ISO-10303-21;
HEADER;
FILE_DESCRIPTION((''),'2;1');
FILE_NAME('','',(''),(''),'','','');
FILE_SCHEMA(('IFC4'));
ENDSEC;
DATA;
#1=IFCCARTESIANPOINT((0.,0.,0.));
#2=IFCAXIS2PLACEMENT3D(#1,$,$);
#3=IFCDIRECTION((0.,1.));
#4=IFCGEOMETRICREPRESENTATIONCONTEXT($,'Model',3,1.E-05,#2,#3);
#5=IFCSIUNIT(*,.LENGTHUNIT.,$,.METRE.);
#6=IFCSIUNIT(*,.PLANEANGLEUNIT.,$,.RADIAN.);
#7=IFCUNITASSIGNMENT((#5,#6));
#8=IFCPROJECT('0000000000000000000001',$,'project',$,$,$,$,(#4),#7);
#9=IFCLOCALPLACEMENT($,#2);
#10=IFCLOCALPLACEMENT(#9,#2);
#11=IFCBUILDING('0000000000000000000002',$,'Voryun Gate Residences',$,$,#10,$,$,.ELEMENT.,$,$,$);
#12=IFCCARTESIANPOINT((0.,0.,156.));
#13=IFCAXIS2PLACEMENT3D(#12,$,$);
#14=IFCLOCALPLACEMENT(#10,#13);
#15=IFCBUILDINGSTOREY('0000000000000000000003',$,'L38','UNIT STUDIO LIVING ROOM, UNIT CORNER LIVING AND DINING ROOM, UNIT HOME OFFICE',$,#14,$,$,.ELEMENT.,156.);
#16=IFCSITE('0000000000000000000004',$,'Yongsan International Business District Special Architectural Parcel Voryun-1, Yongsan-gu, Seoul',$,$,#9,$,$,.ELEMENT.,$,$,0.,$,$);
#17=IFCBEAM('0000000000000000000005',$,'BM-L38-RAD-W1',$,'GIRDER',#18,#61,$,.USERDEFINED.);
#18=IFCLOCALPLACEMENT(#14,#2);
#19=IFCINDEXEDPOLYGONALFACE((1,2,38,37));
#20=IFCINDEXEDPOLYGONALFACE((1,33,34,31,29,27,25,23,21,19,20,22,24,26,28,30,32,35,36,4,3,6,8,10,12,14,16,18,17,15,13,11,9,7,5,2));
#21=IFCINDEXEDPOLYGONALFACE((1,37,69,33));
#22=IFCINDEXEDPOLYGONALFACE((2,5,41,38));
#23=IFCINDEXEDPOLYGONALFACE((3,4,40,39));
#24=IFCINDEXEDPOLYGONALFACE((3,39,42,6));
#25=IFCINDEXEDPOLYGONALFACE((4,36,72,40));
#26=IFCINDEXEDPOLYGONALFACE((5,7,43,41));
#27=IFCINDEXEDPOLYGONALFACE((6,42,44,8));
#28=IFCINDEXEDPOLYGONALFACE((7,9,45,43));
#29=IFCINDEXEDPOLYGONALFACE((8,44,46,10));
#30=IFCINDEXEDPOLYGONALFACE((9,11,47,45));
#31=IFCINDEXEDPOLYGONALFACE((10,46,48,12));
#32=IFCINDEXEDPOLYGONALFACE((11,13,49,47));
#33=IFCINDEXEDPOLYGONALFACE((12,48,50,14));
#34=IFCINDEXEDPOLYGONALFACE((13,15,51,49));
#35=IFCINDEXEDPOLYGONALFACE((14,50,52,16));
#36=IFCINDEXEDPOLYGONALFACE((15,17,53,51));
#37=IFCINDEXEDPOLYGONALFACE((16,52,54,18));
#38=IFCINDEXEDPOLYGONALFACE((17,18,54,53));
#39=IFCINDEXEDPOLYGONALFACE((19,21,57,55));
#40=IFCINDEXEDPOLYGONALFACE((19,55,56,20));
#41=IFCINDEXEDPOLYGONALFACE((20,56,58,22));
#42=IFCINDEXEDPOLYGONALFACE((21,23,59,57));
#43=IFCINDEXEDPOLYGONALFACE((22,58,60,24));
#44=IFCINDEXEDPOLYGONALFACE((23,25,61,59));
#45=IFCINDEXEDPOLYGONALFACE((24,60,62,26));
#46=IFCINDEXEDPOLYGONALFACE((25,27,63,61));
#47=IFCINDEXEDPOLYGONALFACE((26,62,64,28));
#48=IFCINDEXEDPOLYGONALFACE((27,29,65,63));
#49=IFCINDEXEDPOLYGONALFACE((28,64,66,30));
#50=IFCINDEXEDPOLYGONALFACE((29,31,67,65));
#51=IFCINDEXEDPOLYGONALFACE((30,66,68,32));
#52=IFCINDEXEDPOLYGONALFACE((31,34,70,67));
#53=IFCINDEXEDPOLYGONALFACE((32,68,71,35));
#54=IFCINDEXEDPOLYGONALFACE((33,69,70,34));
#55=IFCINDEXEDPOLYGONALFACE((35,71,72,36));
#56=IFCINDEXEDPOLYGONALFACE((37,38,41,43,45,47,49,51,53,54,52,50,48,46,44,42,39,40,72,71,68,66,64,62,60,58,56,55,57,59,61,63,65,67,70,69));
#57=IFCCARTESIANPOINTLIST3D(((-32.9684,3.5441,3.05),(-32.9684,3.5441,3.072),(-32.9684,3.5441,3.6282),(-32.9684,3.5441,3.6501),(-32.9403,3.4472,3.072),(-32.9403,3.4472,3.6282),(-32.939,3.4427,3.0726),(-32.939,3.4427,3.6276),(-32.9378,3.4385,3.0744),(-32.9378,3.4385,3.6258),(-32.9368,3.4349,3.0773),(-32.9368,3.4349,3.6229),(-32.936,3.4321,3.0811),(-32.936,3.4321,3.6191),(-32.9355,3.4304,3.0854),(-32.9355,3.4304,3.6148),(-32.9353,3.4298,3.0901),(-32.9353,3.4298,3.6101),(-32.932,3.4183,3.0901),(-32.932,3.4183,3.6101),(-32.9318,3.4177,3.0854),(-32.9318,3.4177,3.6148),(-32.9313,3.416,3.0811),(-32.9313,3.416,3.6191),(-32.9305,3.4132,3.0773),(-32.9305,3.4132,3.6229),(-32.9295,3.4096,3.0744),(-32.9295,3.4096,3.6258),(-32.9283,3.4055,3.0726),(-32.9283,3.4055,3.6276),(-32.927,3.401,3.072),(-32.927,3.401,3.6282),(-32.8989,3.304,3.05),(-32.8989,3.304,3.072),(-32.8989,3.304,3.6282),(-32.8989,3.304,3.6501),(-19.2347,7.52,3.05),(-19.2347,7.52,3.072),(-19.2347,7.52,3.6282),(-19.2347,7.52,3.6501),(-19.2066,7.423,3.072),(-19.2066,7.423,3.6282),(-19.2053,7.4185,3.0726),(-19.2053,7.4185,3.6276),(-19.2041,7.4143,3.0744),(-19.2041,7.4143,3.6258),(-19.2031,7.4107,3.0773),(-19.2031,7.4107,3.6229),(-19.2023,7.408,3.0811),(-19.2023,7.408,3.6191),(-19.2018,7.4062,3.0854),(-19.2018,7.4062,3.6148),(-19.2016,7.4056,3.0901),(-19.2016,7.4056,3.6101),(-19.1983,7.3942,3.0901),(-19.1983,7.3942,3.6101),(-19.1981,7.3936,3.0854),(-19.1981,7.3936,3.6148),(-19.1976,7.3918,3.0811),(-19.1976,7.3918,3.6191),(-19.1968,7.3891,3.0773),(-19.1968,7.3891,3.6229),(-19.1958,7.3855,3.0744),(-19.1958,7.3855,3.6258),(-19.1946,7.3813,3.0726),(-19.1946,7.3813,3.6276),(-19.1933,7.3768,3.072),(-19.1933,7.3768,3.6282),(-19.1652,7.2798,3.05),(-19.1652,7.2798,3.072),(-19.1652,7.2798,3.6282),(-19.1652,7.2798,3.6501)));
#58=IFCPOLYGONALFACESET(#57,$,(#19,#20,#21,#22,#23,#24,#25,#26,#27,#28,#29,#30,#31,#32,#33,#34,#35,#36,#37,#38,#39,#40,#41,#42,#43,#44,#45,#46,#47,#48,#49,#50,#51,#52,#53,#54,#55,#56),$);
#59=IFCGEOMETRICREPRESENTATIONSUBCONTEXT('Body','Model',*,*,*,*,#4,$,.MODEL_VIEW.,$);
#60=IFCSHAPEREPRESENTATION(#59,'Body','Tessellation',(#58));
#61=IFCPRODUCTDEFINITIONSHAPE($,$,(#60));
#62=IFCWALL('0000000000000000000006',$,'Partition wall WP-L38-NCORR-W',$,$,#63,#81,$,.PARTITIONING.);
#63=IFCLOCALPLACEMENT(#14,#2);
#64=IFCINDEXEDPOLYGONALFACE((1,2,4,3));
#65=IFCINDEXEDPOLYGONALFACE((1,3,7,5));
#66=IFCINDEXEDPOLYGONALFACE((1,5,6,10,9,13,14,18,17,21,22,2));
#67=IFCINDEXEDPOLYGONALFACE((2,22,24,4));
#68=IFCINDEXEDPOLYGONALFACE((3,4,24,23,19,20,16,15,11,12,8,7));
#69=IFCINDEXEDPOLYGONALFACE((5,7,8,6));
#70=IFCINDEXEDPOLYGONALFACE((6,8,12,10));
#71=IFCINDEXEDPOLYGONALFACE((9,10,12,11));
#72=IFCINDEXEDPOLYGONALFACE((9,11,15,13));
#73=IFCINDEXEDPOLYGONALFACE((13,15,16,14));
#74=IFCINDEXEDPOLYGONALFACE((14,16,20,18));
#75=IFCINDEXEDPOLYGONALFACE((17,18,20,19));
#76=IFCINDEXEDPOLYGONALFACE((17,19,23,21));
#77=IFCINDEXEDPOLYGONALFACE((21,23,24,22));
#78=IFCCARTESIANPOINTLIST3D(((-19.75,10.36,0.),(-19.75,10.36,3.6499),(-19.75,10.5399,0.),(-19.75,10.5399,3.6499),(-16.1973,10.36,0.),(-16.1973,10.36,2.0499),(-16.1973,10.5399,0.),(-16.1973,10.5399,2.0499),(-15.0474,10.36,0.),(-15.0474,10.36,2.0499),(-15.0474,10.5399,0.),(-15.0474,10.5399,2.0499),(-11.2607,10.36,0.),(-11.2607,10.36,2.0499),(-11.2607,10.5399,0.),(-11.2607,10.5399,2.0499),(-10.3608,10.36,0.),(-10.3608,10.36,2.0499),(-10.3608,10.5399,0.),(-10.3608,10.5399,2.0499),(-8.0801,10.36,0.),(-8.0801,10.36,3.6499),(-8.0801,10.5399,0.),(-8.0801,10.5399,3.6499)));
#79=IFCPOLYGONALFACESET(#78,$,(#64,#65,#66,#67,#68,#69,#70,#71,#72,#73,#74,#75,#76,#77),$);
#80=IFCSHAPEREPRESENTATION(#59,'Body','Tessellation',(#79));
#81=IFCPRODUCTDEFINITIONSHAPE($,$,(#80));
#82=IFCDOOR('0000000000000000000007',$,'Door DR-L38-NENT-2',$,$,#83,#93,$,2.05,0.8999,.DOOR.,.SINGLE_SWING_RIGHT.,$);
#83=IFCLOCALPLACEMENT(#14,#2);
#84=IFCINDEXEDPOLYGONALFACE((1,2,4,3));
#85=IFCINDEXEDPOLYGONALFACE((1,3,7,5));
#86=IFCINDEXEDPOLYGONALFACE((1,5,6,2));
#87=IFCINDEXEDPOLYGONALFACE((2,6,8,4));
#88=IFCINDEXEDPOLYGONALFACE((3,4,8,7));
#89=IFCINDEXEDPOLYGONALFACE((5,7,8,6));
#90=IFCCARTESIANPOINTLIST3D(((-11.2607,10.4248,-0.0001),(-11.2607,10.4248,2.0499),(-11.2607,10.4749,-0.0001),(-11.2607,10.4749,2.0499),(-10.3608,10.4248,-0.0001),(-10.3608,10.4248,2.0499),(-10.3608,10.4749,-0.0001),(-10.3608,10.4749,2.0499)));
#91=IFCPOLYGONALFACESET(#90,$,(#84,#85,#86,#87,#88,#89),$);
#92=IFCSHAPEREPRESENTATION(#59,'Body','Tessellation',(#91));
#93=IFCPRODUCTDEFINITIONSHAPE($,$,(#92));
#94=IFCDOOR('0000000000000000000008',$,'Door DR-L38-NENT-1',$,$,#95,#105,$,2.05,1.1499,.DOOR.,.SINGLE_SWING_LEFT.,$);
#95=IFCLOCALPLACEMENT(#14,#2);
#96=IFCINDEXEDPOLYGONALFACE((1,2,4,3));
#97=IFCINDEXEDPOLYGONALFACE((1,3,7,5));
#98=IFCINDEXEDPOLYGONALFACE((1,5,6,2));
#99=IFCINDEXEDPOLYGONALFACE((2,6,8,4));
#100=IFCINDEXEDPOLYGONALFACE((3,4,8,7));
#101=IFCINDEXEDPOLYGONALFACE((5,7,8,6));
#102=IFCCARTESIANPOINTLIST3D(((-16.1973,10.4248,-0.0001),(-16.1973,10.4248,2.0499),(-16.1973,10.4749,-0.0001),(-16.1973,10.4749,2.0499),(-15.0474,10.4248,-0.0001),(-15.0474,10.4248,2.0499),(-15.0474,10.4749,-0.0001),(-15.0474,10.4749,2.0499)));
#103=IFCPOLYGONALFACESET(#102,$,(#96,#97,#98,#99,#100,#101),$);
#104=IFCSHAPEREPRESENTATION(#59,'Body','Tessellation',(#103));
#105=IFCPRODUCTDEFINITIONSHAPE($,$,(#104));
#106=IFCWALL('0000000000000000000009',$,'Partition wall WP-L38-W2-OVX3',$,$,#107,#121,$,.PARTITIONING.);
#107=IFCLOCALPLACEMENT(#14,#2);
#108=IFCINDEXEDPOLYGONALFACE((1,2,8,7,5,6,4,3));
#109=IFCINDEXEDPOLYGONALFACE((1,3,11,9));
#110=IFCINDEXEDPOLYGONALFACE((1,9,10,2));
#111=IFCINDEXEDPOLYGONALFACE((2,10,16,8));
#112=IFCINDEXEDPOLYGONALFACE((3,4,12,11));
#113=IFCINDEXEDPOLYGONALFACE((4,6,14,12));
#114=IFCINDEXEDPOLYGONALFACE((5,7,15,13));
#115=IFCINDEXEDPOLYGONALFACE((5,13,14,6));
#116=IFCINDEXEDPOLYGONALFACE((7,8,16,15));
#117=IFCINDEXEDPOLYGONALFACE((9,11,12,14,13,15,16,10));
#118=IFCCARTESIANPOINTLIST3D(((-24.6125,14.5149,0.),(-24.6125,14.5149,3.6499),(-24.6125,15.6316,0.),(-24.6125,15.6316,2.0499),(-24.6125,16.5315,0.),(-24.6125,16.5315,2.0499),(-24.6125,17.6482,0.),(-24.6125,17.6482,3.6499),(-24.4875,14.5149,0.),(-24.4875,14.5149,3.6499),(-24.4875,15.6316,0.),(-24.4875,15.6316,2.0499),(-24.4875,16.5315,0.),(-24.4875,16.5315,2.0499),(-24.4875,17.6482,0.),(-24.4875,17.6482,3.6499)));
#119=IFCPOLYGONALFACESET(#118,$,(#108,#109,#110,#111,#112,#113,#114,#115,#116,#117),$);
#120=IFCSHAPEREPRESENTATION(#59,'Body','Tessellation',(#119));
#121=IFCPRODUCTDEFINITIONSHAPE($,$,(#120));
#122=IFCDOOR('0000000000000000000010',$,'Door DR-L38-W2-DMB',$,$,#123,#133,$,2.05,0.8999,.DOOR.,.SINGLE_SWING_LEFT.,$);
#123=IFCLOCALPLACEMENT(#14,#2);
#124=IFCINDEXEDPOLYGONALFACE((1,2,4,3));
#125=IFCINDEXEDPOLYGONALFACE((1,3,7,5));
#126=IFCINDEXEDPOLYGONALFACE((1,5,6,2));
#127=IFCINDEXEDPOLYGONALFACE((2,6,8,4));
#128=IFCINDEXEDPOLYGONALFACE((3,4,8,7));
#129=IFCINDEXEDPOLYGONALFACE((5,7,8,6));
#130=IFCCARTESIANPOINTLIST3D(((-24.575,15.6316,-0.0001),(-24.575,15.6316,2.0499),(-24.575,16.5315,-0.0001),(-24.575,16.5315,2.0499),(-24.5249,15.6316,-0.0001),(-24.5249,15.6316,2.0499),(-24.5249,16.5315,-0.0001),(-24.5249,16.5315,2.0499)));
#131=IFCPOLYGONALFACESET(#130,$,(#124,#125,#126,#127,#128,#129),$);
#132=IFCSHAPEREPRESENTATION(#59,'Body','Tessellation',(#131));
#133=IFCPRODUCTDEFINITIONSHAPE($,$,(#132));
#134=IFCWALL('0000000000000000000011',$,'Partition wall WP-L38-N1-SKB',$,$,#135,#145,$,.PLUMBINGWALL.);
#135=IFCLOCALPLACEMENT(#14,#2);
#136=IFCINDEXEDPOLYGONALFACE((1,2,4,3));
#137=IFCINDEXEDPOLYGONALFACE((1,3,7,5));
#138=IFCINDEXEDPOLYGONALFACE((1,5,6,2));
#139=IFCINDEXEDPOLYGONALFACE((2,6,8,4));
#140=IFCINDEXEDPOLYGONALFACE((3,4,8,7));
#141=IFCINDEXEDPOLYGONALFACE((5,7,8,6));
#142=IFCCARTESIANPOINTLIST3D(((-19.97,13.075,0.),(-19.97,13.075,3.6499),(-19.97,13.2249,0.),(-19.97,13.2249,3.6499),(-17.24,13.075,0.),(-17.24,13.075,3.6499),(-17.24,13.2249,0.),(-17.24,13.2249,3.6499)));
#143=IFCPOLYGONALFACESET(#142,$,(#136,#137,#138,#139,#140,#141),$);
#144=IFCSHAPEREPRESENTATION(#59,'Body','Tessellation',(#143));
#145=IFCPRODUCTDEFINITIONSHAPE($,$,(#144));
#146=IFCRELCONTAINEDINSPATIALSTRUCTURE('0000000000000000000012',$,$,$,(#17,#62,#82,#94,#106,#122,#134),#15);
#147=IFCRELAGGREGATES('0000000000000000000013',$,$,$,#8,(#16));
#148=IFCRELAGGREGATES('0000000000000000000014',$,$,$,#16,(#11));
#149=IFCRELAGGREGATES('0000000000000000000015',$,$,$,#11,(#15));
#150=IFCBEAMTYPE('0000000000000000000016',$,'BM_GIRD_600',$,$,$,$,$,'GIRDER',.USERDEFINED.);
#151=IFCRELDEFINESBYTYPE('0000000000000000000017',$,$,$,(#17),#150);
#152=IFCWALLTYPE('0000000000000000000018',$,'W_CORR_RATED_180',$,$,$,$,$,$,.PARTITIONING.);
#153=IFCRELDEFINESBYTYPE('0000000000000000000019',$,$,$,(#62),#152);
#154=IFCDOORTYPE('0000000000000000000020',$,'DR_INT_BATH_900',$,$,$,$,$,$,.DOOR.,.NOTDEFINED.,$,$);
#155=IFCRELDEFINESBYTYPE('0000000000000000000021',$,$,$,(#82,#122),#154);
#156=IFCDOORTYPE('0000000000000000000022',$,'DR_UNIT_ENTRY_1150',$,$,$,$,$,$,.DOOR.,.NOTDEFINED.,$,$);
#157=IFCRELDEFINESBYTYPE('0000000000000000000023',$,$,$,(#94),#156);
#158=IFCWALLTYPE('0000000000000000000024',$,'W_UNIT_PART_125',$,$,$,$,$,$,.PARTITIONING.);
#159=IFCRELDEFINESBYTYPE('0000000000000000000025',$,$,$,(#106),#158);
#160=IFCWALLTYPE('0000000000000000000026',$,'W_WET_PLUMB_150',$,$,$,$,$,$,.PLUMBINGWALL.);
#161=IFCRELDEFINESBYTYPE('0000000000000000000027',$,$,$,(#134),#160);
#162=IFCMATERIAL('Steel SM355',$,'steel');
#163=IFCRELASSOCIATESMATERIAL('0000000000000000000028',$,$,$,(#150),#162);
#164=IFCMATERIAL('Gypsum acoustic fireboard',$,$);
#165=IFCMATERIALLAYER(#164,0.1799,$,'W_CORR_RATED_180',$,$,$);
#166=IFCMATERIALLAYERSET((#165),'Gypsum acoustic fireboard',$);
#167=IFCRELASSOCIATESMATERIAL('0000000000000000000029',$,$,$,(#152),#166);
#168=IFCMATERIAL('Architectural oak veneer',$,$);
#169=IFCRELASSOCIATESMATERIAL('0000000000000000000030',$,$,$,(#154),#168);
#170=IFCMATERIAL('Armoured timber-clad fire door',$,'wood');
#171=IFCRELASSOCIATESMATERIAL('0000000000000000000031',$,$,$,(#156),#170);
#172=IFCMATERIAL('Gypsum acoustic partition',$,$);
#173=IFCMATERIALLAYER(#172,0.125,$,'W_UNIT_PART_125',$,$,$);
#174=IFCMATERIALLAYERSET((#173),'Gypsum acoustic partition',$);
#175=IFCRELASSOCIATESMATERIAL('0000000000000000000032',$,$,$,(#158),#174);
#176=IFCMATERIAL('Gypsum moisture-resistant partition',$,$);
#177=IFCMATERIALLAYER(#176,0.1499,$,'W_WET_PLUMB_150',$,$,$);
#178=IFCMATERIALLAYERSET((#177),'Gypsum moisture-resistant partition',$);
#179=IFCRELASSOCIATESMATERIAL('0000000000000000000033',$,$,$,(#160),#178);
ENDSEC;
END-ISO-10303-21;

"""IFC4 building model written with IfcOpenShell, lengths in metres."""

from ifc_helpers import new_model, si_unit, direction, frame, frame_2d, origin, origin_2d, place, context, subcontext, project, spatial, rectangle, i_section, extrude, material, layer, layer_set, material_profile, profile_set, type_object, element, fill, save


model = new_model("IFC4")

# Units and contexts
model_context = context("Model", 3, precision=1e-05, world=origin(), true_north=direction((0.0, 1.0)))
body_context = subcontext(model_context, "Body", "Model", "MODEL_VIEW")
ifc_project = project(units=[si_unit("LENGTHUNIT", "METRE"), si_unit("PLANEANGLEUNIT", "RADIAN")], contexts=[model_context])

# Site, building, storey
site_placement = place(None, origin())
site = spatial("IfcSite", under=ifc_project, at=site_placement, Name="Yongsan International Business District Special Architectural Parcel Voryun-1, Yongsan-gu, Seoul", CompositionType="ELEMENT", RefElevation=0.0)
building_placement = place(site_placement, origin())
building = spatial("IfcBuilding", under=site, at=building_placement, Name="Voryun Gate Residences", CompositionType="ELEMENT")
storey_placement = place(building_placement, frame((0.0, 0.0, 156.0)))
storey = spatial("IfcBuildingStorey", under=building, at=storey_placement, Name="L38", Description="UNIT STUDIO LIVING ROOM, UNIT CORNER LIVING AND DINING ROOM, UNIT HOME OFFICE", CompositionType="ELEMENT", Elevation=156.0)

# Beam
ifc_material_1 = material(Name="Steel SM355", Category="steel")
ifc_material_profile_1 = material_profile(ifc_material_1, i_section(OverallWidth=0.25, OverallDepth=0.6001, WebThickness=0.012, FlangeThickness=0.022, FilletRadius=0.0181, at=origin_2d()), Name="H-600x250x12x22")
ifc_profile_set_1 = profile_set([ifc_material_profile_1], Name="Steel SM355")
beam_type_1 = type_object("IfcBeamType", Name="BM_GIRD_600", ElementType="GIRDER", PredefinedType="USERDEFINED", material=ifc_profile_set_1)
beam_1_placement = place(storey_placement, frame((-19.2, 7.3999, 3.3501), z_axis=(-0.960559, -0.278078, 0.0), x_axis=(0.278078, -0.960559, 0.0)))
element("IfcBeam", 1, at=beam_1_placement, inside=storey, type_object=beam_type_1, Name="BM-L38-RAD-W1", ObjectType="GIRDER", PredefinedType="USERDEFINED", context=body_context, shape_type="SweptSolid", body=[
    extrude(i_section(OverallWidth=0.25, OverallDepth=0.6001, WebThickness=0.012, FlangeThickness=0.022, FilletRadius=0.0181, at=origin_2d()), origin(), (0.0, 0.0, 1.0), 14.2976),
])

# Wall, openings, doors
ifc_material_2 = material(Name="Gypsum acoustic fireboard")
ifc_layer_1 = layer(ifc_material_2, 0.1799, Name="W_CORR_RATED_180")
ifc_layer_set_1 = layer_set([ifc_layer_1], Name="Gypsum acoustic fireboard")
wall_type_1 = type_object("IfcWallType", Name="W_CORR_RATED_180", PredefinedType="PARTITIONING", material=ifc_layer_set_1)
wall_1_placement = place(storey_placement, frame((-19.75, 10.45, 0.0), z_axis=(0.0, 0.0, 1.0), x_axis=(1.0, 0.0, 0.0)))
wall_1 = element("IfcWall", 2, at=wall_1_placement, inside=storey, type_object=wall_type_1, Name="Partition wall WP-L38-NCORR-W", PredefinedType="PARTITIONING", context=body_context, shape_type="SweptSolid", body=[
    extrude(rectangle(XDim=11.6699, YDim=0.1799, at=frame_2d((5.835, 0.0))), origin(), (0.0, 0.0, 1.0), 3.6499),
])
opening_1_placement = place(wall_1_placement, frame((3.5527, 0.0, 0.0)))
opening_1 = element("IfcOpeningElement", 3, at=opening_1_placement, cuts=wall_1, PredefinedType="OPENING", context=body_context, shape_type="SweptSolid", body=[
    extrude(rectangle(XDim=1.1499, YDim=2.05, at=frame_2d((0.575, 1.0249))), frame((0.0, 0.0999, 0.0), z_axis=(0.0, -1.0, 0.0), x_axis=(1.0, 0.0, 0.0)), (0.0, 0.0, 1.0), 0.2),
])
opening_2_placement = place(wall_1_placement, frame((8.4893, 0.0, 0.0)))
opening_2 = element("IfcOpeningElement", 4, at=opening_2_placement, cuts=wall_1, PredefinedType="OPENING", context=body_context, shape_type="SweptSolid", body=[
    extrude(rectangle(XDim=0.8999, YDim=2.05, at=frame_2d((0.45, 1.0249))), frame((0.0, 0.0999, 0.0), z_axis=(0.0, -1.0, 0.0), x_axis=(1.0, 0.0, 0.0)), (0.0, 0.0, 1.0), 0.2),
])
ifc_material_3 = material(Name="Architectural oak veneer")
door_type_1 = type_object("IfcDoorType", Name="DR_INT_BATH_900", OperationType="NOTDEFINED", PredefinedType="DOOR", material=ifc_material_3)
door_1_placement = place(opening_2_placement, origin())
door_1 = element("IfcDoor", 5, at=door_1_placement, inside=storey, type_object=door_type_1, Name="Door DR-L38-NENT-2", OperationType="SINGLE_SWING_RIGHT", OverallHeight=2.05, OverallWidth=0.8999, PredefinedType="DOOR", context=body_context, shape_type="SweptSolid", body=[
    extrude(rectangle(XDim=0.8999, YDim=2.05, at=frame_2d((0.45, 1.0249))), frame((0.0, 0.0249, 0.0), z_axis=(0.0, -1.0, 0.0), x_axis=(1.0, 0.0, 0.0)), (0.0, 0.0, 1.0), 0.05),
])
fill(opening_2, door_1)
ifc_material_4 = material(Name="Armoured timber-clad fire door", Category="wood")
door_type_2 = type_object("IfcDoorType", Name="DR_UNIT_ENTRY_1150", OperationType="NOTDEFINED", PredefinedType="DOOR", material=ifc_material_4)
door_2_placement = place(opening_1_placement, origin())
door_2 = element("IfcDoor", 6, at=door_2_placement, inside=storey, type_object=door_type_2, Name="Door DR-L38-NENT-1", OperationType="SINGLE_SWING_LEFT", OverallHeight=2.05, OverallWidth=1.1499, PredefinedType="DOOR", context=body_context, shape_type="SweptSolid", body=[
    extrude(rectangle(XDim=1.1499, YDim=2.05, at=frame_2d((0.575, 1.0249))), frame((0.0, 0.0249, 0.0), z_axis=(0.0, -1.0, 0.0), x_axis=(1.0, 0.0, 0.0)), (0.0, 0.0, 1.0), 0.05),
])
fill(opening_1, door_2)

# Wall, opening, door
ifc_material_5 = material(Name="Gypsum acoustic partition")
ifc_layer_2 = layer(ifc_material_5, 0.125, Name="W_UNIT_PART_125")
ifc_layer_set_2 = layer_set([ifc_layer_2], Name="Gypsum acoustic partition")
wall_type_2 = type_object("IfcWallType", Name="W_UNIT_PART_125", PredefinedType="PARTITIONING", material=ifc_layer_set_2)
wall_2_placement = place(storey_placement, frame((-24.55, 14.5149, 0.0), z_axis=(0.0, 0.0, 1.0), x_axis=(0.0, 1.0, 0.0)))
wall_2 = element("IfcWall", 7, at=wall_2_placement, inside=storey, type_object=wall_type_2, Name="Partition wall WP-L38-W2-OVX3", PredefinedType="PARTITIONING", context=body_context, shape_type="SweptSolid", body=[
    extrude(rectangle(XDim=3.1333, YDim=0.125, at=frame_2d((1.5667, 0.0))), origin(), (0.0, 0.0, 1.0), 3.6499),
])
opening_3_placement = place(wall_2_placement, frame((1.1167, 0.0, 0.0)))
opening_3 = element("IfcOpeningElement", 8, at=opening_3_placement, cuts=wall_2, PredefinedType="OPENING", context=body_context, shape_type="SweptSolid", body=[
    extrude(rectangle(XDim=0.8999, YDim=2.05, at=frame_2d((0.45, 1.0249))), frame((0.0, 0.0725, 0.0), z_axis=(0.0, -1.0, 0.0), x_axis=(1.0, 0.0, 0.0)), (0.0, 0.0, 1.0), 0.145),
])
door_3_placement = place(opening_3_placement, origin())
door_3 = element("IfcDoor", 9, at=door_3_placement, inside=storey, type_object=door_type_1, Name="Door DR-L38-W2-DMB", OperationType="SINGLE_SWING_LEFT", OverallHeight=2.05, OverallWidth=0.8999, PredefinedType="DOOR", context=body_context, shape_type="SweptSolid", body=[
    extrude(rectangle(XDim=0.8999, YDim=2.05, at=frame_2d((0.45, 1.0249))), frame((0.0, 0.0249, 0.0), z_axis=(0.0, -1.0, 0.0), x_axis=(1.0, 0.0, 0.0)), (0.0, 0.0, 1.0), 0.05),
])
fill(opening_3, door_3)

# Wall
ifc_material_6 = material(Name="Gypsum moisture-resistant partition")
ifc_layer_3 = layer(ifc_material_6, 0.1499, Name="W_WET_PLUMB_150")
ifc_layer_set_3 = layer_set([ifc_layer_3], Name="Gypsum moisture-resistant partition")
wall_type_3 = type_object("IfcWallType", Name="W_WET_PLUMB_150", PredefinedType="PLUMBINGWALL", material=ifc_layer_set_3)
wall_3_placement = place(storey_placement, frame((-19.97, 13.1499, 0.0), z_axis=(0.0, 0.0, 1.0), x_axis=(1.0, 0.0, 0.0)))
element("IfcWall", 10, at=wall_3_placement, inside=storey, type_object=wall_type_3, Name="Partition wall WP-L38-N1-SKB", PredefinedType="PLUMBINGWALL", context=body_context, shape_type="SweptSolid", body=[
    extrude(rectangle(XDim=2.73, YDim=0.1499, at=frame_2d((1.365, 0.0))), origin(), (0.0, 0.0, 1.0), 3.6499),
])

save(model, "model.ifc")
